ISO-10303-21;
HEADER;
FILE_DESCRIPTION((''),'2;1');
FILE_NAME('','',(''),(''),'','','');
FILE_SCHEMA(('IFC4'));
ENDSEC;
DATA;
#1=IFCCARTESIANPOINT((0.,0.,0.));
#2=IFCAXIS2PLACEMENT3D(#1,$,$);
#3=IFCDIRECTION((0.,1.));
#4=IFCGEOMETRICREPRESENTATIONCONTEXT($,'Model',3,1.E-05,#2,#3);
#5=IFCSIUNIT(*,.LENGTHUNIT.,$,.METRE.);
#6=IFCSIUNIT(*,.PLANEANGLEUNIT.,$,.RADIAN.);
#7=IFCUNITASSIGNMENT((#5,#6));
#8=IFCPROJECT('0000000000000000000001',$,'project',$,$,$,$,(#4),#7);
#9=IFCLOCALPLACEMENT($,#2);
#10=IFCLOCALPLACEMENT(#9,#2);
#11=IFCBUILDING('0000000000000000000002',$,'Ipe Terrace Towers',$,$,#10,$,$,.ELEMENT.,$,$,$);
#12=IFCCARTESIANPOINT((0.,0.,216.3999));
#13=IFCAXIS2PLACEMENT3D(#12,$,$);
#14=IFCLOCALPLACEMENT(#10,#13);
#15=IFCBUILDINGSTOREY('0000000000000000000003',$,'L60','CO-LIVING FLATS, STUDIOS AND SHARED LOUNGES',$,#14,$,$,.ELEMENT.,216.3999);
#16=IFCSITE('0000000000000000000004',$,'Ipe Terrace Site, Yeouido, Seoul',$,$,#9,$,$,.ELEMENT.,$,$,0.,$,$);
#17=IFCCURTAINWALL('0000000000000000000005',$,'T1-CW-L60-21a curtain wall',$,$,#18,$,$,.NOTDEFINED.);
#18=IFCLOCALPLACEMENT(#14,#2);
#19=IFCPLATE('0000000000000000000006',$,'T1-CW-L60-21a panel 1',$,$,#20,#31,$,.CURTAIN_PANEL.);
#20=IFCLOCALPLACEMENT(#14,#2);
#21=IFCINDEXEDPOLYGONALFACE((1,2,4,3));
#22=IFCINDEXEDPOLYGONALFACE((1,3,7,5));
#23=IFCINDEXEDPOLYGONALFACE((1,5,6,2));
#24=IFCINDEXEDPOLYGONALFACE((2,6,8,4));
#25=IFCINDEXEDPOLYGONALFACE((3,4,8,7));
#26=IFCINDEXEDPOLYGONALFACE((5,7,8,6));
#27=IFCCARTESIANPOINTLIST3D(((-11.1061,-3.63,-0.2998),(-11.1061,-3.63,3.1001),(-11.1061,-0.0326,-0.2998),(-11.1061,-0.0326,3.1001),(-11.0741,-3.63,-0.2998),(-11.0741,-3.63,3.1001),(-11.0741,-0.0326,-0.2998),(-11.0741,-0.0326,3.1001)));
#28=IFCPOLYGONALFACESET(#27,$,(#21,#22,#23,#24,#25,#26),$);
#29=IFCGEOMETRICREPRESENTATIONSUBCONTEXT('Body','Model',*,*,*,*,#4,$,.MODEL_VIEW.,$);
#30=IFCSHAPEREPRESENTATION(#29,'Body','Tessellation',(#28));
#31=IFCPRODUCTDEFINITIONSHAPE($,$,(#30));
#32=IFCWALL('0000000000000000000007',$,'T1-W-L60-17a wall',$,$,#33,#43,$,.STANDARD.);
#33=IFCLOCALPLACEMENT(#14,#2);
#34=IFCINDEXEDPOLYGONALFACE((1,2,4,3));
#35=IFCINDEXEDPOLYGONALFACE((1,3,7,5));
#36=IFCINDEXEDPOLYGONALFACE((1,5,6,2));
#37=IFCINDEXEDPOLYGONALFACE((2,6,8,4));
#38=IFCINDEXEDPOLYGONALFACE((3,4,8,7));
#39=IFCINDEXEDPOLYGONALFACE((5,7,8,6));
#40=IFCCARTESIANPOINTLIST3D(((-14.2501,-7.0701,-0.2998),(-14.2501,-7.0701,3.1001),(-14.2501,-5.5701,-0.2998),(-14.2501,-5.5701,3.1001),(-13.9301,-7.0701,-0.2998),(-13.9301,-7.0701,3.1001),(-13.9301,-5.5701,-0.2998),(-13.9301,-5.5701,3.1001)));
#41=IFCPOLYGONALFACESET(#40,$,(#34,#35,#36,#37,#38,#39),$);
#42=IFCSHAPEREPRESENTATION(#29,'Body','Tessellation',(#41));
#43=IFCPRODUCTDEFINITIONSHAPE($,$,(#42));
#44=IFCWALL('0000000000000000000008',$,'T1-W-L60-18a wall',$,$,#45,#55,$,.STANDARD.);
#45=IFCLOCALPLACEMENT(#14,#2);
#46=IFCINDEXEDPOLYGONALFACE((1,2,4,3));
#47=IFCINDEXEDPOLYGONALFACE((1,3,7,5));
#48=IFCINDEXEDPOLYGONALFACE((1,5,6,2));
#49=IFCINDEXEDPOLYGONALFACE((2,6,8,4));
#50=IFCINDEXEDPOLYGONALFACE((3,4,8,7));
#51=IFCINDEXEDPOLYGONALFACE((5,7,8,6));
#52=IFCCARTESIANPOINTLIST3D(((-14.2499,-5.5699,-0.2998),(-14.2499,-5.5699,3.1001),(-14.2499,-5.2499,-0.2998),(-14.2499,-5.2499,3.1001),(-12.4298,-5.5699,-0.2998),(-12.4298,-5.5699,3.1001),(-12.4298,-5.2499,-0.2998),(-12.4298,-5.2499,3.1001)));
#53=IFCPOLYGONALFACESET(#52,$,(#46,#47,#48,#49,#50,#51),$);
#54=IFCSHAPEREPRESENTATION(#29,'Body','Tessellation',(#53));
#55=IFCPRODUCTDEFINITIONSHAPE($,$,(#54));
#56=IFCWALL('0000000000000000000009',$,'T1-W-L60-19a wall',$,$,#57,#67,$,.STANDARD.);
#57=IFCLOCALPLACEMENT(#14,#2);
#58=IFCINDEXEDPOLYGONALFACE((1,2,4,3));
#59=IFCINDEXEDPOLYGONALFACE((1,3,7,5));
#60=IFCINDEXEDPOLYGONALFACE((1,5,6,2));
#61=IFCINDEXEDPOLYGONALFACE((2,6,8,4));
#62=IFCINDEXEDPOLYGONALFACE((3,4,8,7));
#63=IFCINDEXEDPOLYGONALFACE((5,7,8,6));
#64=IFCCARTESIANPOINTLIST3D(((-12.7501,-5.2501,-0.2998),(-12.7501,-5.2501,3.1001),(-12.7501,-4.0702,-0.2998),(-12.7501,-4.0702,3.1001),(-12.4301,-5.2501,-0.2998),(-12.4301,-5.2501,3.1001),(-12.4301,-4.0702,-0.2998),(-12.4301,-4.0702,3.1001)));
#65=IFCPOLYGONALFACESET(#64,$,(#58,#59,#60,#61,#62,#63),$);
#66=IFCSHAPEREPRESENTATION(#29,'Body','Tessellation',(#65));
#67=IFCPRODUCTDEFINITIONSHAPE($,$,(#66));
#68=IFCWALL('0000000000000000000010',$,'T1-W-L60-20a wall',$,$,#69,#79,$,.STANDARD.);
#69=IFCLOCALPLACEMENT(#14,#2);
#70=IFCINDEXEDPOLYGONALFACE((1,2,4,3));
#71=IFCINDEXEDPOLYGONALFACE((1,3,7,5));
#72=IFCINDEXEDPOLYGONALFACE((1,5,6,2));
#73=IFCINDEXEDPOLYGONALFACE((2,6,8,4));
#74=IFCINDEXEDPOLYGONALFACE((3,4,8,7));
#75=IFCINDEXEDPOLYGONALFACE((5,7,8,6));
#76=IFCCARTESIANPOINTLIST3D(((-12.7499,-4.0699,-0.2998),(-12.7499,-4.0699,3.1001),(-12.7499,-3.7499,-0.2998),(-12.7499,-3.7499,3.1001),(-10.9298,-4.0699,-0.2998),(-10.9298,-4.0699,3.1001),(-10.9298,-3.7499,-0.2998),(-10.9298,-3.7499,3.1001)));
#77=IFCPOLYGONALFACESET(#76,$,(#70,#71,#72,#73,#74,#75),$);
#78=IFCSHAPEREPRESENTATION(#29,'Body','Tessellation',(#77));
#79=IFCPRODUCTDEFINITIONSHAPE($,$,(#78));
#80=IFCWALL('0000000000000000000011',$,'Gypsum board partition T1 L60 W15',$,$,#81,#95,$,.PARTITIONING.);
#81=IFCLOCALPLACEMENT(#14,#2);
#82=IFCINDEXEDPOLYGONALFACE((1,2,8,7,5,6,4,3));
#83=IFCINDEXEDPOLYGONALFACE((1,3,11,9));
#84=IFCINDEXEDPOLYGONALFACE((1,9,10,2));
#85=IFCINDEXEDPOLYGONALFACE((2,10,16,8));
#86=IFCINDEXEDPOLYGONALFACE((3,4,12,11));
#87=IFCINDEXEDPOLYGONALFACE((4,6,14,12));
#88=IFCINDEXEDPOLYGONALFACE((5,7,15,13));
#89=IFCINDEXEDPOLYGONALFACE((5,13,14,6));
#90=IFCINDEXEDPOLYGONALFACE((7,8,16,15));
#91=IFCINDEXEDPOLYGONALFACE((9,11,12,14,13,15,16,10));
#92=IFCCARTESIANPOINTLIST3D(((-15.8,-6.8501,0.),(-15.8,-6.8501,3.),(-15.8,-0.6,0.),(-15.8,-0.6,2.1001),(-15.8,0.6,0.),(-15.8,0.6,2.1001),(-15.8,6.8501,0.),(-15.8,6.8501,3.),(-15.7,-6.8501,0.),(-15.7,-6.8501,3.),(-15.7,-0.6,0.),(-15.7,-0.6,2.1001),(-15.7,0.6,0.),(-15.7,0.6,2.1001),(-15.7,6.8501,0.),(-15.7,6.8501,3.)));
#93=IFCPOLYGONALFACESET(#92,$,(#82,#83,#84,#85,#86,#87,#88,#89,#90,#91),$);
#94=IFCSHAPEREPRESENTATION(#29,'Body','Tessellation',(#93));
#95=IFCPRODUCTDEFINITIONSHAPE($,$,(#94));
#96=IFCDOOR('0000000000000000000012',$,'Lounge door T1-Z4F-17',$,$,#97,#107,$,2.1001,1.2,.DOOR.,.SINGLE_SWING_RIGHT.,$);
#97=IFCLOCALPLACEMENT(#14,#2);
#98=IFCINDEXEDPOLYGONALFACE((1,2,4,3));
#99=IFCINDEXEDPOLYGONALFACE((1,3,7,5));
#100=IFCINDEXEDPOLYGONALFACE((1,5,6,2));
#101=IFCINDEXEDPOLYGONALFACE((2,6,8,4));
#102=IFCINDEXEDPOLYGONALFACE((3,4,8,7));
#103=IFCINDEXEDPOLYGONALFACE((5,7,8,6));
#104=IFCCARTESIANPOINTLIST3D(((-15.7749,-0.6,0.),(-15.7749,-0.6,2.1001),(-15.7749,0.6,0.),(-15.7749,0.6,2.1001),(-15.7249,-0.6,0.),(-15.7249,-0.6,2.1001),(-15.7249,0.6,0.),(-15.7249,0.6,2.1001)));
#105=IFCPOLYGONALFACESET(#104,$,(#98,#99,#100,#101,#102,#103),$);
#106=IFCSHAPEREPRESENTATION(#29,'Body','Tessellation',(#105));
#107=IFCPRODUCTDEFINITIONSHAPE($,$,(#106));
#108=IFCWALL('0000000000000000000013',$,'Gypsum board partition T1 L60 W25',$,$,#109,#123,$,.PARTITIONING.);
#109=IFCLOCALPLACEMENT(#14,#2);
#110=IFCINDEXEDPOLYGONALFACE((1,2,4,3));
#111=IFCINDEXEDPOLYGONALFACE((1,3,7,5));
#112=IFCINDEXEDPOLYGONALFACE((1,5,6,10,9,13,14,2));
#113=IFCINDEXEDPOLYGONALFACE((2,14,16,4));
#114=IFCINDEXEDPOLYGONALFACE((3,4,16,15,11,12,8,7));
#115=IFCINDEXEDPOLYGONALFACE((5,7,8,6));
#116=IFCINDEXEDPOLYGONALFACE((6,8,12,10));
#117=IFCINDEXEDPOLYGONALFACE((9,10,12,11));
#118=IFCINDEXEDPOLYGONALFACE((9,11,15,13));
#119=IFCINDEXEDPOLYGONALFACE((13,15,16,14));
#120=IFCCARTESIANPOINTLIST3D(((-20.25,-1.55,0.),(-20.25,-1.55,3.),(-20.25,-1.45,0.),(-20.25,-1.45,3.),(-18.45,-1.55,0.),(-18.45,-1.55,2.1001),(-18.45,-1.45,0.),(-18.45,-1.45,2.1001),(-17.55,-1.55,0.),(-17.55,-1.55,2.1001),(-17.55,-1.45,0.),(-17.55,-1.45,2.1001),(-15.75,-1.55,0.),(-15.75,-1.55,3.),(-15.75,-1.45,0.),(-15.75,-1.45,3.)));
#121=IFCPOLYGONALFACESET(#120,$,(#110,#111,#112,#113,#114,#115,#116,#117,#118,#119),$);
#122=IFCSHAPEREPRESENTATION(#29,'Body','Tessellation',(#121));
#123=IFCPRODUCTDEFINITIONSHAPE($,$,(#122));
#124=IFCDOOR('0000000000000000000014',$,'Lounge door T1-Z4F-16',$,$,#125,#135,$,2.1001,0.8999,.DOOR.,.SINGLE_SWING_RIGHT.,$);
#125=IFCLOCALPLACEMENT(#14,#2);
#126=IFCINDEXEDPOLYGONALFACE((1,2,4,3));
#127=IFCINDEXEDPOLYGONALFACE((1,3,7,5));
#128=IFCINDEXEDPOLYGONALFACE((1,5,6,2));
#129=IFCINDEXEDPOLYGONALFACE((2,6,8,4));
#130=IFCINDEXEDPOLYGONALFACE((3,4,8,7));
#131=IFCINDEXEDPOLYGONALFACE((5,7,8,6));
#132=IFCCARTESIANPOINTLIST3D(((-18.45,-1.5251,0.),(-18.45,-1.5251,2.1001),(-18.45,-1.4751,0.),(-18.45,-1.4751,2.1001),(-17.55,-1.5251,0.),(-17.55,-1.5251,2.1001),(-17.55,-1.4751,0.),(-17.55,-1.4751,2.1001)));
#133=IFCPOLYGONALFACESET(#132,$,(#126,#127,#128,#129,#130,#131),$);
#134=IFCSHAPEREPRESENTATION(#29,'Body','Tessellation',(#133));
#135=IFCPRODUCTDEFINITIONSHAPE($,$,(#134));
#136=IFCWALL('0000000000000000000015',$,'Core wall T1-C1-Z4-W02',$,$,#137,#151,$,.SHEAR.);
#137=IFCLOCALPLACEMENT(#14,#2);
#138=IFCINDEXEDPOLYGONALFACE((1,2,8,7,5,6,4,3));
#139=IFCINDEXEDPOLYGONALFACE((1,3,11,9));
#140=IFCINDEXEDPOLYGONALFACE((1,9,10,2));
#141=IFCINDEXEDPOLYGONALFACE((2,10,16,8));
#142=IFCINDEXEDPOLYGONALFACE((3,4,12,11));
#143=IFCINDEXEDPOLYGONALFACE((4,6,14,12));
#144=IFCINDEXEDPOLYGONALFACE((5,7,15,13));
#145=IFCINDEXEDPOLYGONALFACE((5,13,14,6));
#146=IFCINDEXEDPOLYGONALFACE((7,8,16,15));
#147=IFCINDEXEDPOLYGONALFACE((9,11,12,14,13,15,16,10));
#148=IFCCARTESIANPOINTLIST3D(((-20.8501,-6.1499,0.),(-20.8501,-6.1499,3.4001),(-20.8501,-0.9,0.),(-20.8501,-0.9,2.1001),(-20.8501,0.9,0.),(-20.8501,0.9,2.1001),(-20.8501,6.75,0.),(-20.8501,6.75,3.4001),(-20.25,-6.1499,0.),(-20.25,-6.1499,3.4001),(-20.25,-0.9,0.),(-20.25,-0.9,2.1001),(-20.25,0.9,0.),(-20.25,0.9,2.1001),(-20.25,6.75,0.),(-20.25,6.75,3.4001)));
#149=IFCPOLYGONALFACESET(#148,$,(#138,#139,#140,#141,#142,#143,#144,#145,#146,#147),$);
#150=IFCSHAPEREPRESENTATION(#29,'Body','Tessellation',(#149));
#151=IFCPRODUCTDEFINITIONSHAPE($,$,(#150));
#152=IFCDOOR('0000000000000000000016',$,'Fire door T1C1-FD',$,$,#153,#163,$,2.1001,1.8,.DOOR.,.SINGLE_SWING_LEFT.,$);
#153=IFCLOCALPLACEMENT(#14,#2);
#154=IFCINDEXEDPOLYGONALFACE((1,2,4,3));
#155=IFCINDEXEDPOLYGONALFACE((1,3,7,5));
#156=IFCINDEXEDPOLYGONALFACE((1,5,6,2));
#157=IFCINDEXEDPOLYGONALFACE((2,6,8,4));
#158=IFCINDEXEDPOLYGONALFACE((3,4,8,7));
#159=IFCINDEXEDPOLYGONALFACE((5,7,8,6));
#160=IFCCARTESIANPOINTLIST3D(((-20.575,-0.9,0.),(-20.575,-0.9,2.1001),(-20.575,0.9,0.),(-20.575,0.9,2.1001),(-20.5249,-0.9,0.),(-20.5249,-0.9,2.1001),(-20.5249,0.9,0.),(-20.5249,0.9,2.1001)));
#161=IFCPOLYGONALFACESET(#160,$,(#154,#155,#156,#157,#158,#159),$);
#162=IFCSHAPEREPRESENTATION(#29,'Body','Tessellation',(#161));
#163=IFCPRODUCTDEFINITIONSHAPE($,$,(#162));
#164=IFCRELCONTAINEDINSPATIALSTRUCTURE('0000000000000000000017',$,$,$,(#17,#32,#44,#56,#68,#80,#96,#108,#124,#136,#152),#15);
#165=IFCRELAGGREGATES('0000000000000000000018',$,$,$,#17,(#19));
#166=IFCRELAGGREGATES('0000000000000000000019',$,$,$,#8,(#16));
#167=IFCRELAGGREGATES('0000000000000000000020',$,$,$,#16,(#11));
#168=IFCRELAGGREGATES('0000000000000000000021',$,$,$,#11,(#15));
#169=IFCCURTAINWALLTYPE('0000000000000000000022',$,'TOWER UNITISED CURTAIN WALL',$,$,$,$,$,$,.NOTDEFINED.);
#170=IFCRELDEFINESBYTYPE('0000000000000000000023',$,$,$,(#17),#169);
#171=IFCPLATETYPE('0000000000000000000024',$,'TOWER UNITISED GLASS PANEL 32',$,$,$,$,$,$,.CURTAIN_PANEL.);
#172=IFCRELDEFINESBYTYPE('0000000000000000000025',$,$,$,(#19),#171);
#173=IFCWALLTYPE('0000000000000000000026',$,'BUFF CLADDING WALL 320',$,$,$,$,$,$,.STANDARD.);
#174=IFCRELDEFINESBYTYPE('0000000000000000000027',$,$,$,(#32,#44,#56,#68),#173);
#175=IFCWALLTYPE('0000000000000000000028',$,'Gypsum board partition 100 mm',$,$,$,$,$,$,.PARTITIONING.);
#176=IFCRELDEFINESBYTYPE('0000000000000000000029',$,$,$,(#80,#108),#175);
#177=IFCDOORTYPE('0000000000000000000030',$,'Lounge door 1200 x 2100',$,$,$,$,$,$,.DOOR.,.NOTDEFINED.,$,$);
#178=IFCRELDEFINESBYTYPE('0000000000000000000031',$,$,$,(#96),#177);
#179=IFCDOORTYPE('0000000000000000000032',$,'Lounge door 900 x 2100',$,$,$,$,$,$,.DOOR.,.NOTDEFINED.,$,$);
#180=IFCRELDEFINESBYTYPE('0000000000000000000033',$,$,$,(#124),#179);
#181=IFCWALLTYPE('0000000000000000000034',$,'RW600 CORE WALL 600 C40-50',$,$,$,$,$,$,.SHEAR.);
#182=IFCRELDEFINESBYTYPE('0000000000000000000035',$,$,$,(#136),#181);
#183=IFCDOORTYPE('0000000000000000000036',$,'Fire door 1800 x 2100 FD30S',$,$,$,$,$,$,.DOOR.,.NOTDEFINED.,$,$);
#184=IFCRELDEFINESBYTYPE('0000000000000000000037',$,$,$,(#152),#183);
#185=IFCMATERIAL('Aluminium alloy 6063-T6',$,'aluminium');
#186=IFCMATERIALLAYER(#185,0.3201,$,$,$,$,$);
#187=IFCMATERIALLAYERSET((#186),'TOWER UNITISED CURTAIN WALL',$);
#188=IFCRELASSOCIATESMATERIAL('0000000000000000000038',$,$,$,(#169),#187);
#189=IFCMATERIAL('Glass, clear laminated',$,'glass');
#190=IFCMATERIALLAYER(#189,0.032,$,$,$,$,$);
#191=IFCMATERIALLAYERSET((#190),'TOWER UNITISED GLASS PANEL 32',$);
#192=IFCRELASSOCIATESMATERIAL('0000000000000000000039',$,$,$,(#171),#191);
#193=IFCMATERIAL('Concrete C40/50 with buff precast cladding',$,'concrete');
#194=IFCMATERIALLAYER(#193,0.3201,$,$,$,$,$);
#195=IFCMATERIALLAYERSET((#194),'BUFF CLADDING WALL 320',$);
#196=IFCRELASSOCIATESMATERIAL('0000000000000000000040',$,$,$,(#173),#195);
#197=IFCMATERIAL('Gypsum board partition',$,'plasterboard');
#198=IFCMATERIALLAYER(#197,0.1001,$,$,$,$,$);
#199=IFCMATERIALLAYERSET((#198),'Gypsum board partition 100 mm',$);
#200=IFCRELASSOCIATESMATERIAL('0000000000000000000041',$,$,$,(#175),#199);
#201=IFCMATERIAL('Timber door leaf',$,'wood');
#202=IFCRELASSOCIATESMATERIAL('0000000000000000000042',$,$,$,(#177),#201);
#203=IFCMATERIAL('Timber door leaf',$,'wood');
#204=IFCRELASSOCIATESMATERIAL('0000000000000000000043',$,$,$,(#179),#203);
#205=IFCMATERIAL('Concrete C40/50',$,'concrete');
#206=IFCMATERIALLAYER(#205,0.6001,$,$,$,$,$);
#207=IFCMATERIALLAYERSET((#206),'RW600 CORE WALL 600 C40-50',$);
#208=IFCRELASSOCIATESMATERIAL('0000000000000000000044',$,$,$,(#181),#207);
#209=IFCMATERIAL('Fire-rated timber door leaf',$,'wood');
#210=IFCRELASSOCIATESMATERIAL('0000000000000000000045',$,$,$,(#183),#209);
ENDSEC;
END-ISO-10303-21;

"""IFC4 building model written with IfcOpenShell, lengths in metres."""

from ifc_helpers import new_model, si_unit, direction, frame, frame_2d, origin, origin_2d, place, context, subcontext, project, spatial, rectangle, extrude, material, layer, layer_set, type_object, element, fill, aggregate, save


model = new_model("IFC4")

# Units and contexts
model_context = context("Model", 3, precision=1e-05, world=origin(), true_north=direction((0.0, 1.0)))
body_context = subcontext(model_context, "Body", "Model", "MODEL_VIEW")
ifc_project = project(units=[si_unit("LENGTHUNIT", "METRE"), si_unit("PLANEANGLEUNIT", "RADIAN")], contexts=[model_context])

# Site, building, storey
site_placement = place(None, origin())
site = spatial("IfcSite", under=ifc_project, at=site_placement, Name="Ipe Terrace Site, Yeouido, Seoul", CompositionType="ELEMENT", RefElevation=0.0)
building_placement = place(site_placement, origin())
building = spatial("IfcBuilding", under=site, at=building_placement, Name="Ipe Terrace Towers", CompositionType="ELEMENT")
storey_placement = place(building_placement, frame((0.0, 0.0, 216.3999)))
storey = spatial("IfcBuildingStorey", under=building, at=storey_placement, Name="L60", Description="CO-LIVING FLATS, STUDIOS AND SHARED LOUNGES", CompositionType="ELEMENT", Elevation=216.3999)

# Curtain wall
ifc_material_1 = material(Name="Aluminium alloy 6063-T6", Category="aluminium")
ifc_layer_1 = layer(ifc_material_1, 0.3201)
ifc_layer_set_1 = layer_set([ifc_layer_1], Name="TOWER UNITISED CURTAIN WALL")
curtain_wall_type = type_object("IfcCurtainWallType", Name="TOWER UNITISED CURTAIN WALL", PredefinedType="NOTDEFINED", material=ifc_layer_set_1)
curtain_wall_1_placement = place(storey_placement, origin())
curtain_wall_1 = element("IfcCurtainWall", 1, at=curtain_wall_1_placement, inside=storey, type_object=curtain_wall_type, Name="T1-CW-L60-21a curtain wall", PredefinedType="NOTDEFINED")

# Plate
ifc_material_2 = material(Name="Glass, clear laminated", Category="glass")
ifc_layer_2 = layer(ifc_material_2, 0.032)
ifc_layer_set_2 = layer_set([ifc_layer_2], Name="TOWER UNITISED GLASS PANEL 32")
plate_type = type_object("IfcPlateType", Name="TOWER UNITISED GLASS PANEL 32", PredefinedType="CURTAIN_PANEL", material=ifc_layer_set_2)
plate_1_placement = place(storey_placement, frame((-11.0901, -1.8313, -0.2998), z_axis=(0.0, 0.0, 1.0), x_axis=(0.0, 1.0, 0.0)))
plate_1 = element("IfcPlate", 2, at=plate_1_placement, type_object=plate_type, Name="T1-CW-L60-21a panel 1", PredefinedType="CURTAIN_PANEL", context=body_context, shape_type="SweptSolid", body=[
    extrude(rectangle(XDim=3.5974, YDim=0.032, at=origin_2d()), origin(), (0.0, 0.0, 1.0), 3.3999),
])
aggregate(curtain_wall_1, [plate_1])

# Walls
ifc_material_3 = material(Name="Concrete C40/50 with buff precast cladding", Category="concrete")
ifc_layer_3 = layer(ifc_material_3, 0.3201)
ifc_layer_set_3 = layer_set([ifc_layer_3], Name="BUFF CLADDING WALL 320")
wall_type_1 = type_object("IfcWallType", Name="BUFF CLADDING WALL 320", PredefinedType="STANDARD", material=ifc_layer_set_3)
wall_1_placement = place(storey_placement, frame((-14.0901, -7.0701, -0.2998), z_axis=(0.0, 0.0, 1.0), x_axis=(0.0, 1.0, 0.0)))
element("IfcWall", 3, at=wall_1_placement, inside=storey, type_object=wall_type_1, Name="T1-W-L60-17a wall", PredefinedType="STANDARD", context=body_context, shape_type="SweptSolid", body=[
    extrude(rectangle(XDim=1.5, YDim=0.3201, at=frame_2d((0.75, 0.0))), origin(), (0.0, 0.0, 1.0), 3.3999),
])
wall_2_placement = place(storey_placement, frame((-14.25, -5.4099, -0.2998), z_axis=(0.0, 0.0, 1.0), x_axis=(1.0, 0.0, 0.0)))
element("IfcWall", 4, at=wall_2_placement, inside=storey, type_object=wall_type_1, Name="T1-W-L60-18a wall", PredefinedType="STANDARD", context=body_context, shape_type="SweptSolid", body=[
    extrude(rectangle(XDim=1.8201, YDim=0.3201, at=frame_2d((0.9102, 0.0))), origin(), (0.0, 0.0, 1.0), 3.3999),
])
wall_3_placement = place(storey_placement, frame((-12.5901, -5.25, -0.2998), z_axis=(0.0, 0.0, 1.0), x_axis=(0.0, 1.0, 0.0)))
element("IfcWall", 5, at=wall_3_placement, inside=storey, type_object=wall_type_1, Name="T1-W-L60-19a wall", PredefinedType="STANDARD", context=body_context, shape_type="SweptSolid", body=[
    extrude(rectangle(XDim=1.1799, YDim=0.3201, at=frame_2d((0.5898, 0.0))), origin(), (0.0, 0.0, 1.0), 3.3999),
])
wall_4_placement = place(storey_placement, frame((-12.75, -3.9099, -0.2998), z_axis=(0.0, 0.0, 1.0), x_axis=(1.0, 0.0, 0.0)))
element("IfcWall", 6, at=wall_4_placement, inside=storey, type_object=wall_type_1, Name="T1-W-L60-20a wall", PredefinedType="STANDARD", context=body_context, shape_type="SweptSolid", body=[
    extrude(rectangle(XDim=1.8201, YDim=0.3201, at=frame_2d((0.9102, 0.0))), origin(), (0.0, 0.0, 1.0), 3.3999),
])

# Walls, openings, doors
ifc_material_4 = material(Name="Gypsum board partition", Category="plasterboard")
ifc_layer_4 = layer(ifc_material_4, 0.1001)
ifc_layer_set_4 = layer_set([ifc_layer_4], Name="Gypsum board partition 100 mm")
wall_type_2 = type_object("IfcWallType", Name="Gypsum board partition 100 mm", PredefinedType="PARTITIONING", material=ifc_layer_set_4)
wall_5_placement = place(storey_placement, frame((-15.75, -6.8501, 0.0), z_axis=(0.0, 0.0, 1.0), x_axis=(0.0, 1.0, 0.0)))
wall_5 = element("IfcWall", 7, at=wall_5_placement, inside=storey, type_object=wall_type_2, Name="Gypsum board partition T1 L60 W15", PredefinedType="PARTITIONING", context=body_context, shape_type="SweptSolid", body=[
    extrude(rectangle(XDim=13.7002, YDim=0.1001, at=frame_2d((6.8501, 0.0))), origin(), (0.0, 0.0, 1.0), 3.0),
])
opening_1_placement = place(wall_5_placement, frame((6.25, 0.0, 0.0)))
opening_1 = element("IfcOpeningElement", 8, at=opening_1_placement, cuts=wall_5, PredefinedType="OPENING", context=body_context, shape_type="SweptSolid", body=[
    extrude(rectangle(XDim=1.2, YDim=2.1001, at=frame_2d((0.6001, 1.05))), frame((0.0, 0.0601, 0.0), z_axis=(0.0, -1.0, 0.0), x_axis=(1.0, 0.0, 0.0)), (0.0, 0.0, 1.0), 0.1201),
])
ifc_material_5 = material(Name="Timber door leaf", Category="wood")
door_type_1 = type_object("IfcDoorType", Name="Lounge door 1200 x 2100", OperationType="NOTDEFINED", PredefinedType="DOOR", material=ifc_material_5)
door_1_placement = place(opening_1_placement, origin())
door_1 = element("IfcDoor", 9, at=door_1_placement, inside=storey, type_object=door_type_1, Name="Lounge door T1-Z4F-17", OperationType="SINGLE_SWING_RIGHT", OverallHeight=2.1001, OverallWidth=1.2, PredefinedType="DOOR", context=body_context, shape_type="SweptSolid", body=[
    extrude(rectangle(XDim=1.2, YDim=2.1001, at=frame_2d((0.6001, 1.05))), frame((0.0, 0.0249, 0.0), z_axis=(0.0, -1.0, 0.0), x_axis=(1.0, 0.0, 0.0)), (0.0, 0.0, 1.0), 0.05),
])
fill(opening_1, door_1)
wall_6_placement = place(storey_placement, frame((-20.25, -1.5, 0.0), z_axis=(0.0, 0.0, 1.0), x_axis=(1.0, 0.0, 0.0)))
wall_6 = element("IfcWall", 10, at=wall_6_placement, inside=storey, type_object=wall_type_2, Name="Gypsum board partition T1 L60 W25", PredefinedType="PARTITIONING", context=body_context, shape_type="SweptSolid", body=[
    extrude(rectangle(XDim=4.5, YDim=0.1001, at=frame_2d((2.25, 0.0))), origin(), (0.0, 0.0, 1.0), 3.0),
])
opening_2_placement = place(wall_6_placement, frame((1.8, 0.0, 0.0)))
opening_2 = element("IfcOpeningElement", 11, at=opening_2_placement, cuts=wall_6, PredefinedType="OPENING", context=body_context, shape_type="SweptSolid", body=[
    extrude(rectangle(XDim=0.8999, YDim=2.1001, at=frame_2d((0.45, 1.05))), frame((0.0, 0.0601, 0.0), z_axis=(0.0, -1.0, 0.0), x_axis=(1.0, 0.0, 0.0)), (0.0, 0.0, 1.0), 0.1201),
])
ifc_material_6 = material(Name="Timber door leaf", Category="wood")
door_type_2 = type_object("IfcDoorType", Name="Lounge door 900 x 2100", OperationType="NOTDEFINED", PredefinedType="DOOR", material=ifc_material_6)
door_2_placement = place(opening_2_placement, origin())
door_2 = element("IfcDoor", 12, at=door_2_placement, inside=storey, type_object=door_type_2, Name="Lounge door T1-Z4F-16", OperationType="SINGLE_SWING_RIGHT", OverallHeight=2.1001, OverallWidth=0.8999, PredefinedType="DOOR", context=body_context, shape_type="SweptSolid", body=[
    extrude(rectangle(XDim=0.8999, YDim=2.1001, at=frame_2d((0.45, 1.05))), frame((0.0, 0.0249, 0.0), z_axis=(0.0, -1.0, 0.0), x_axis=(1.0, 0.0, 0.0)), (0.0, 0.0, 1.0), 0.05),
])
fill(opening_2, door_2)
ifc_material_7 = material(Name="Concrete C40/50", Category="concrete")
ifc_layer_5 = layer(ifc_material_7, 0.6001)
ifc_layer_set_5 = layer_set([ifc_layer_5], Name="RW600 CORE WALL 600 C40-50")
wall_type_3 = type_object("IfcWallType", Name="RW600 CORE WALL 600 C40-50", PredefinedType="SHEAR", material=ifc_layer_set_5)
wall_7_placement = place(storey_placement, frame((-20.55, -6.1499, 0.0), z_axis=(0.0, 0.0, 1.0), x_axis=(0.0, 1.0, 0.0)))
wall_7 = element("IfcWall", 13, at=wall_7_placement, inside=storey, type_object=wall_type_3, Name="Core wall T1-C1-Z4-W02", PredefinedType="SHEAR", context=body_context, shape_type="SweptSolid", body=[
    extrude(rectangle(XDim=12.8999, YDim=0.6001, at=frame_2d((6.45, 0.0))), origin(), (0.0, 0.0, 1.0), 3.4001),
])
opening_3_placement = place(wall_7_placement, frame((5.25, 0.0, 0.0)))
opening_3 = element("IfcOpeningElement", 14, at=opening_3_placement, cuts=wall_7, PredefinedType="OPENING", context=body_context, shape_type="SweptSolid", body=[
    extrude(rectangle(XDim=1.8, YDim=2.1001, at=frame_2d((0.8999, 1.05))), frame((0.0, 0.3101, 0.0), z_axis=(0.0, -1.0, 0.0), x_axis=(1.0, 0.0, 0.0)), (0.0, 0.0, 1.0), 0.6201),
])
ifc_material_8 = material(Name="Fire-rated timber door leaf", Category="wood")
door_type_3 = type_object("IfcDoorType", Name="Fire door 1800 x 2100 FD30S", OperationType="NOTDEFINED", PredefinedType="DOOR", material=ifc_material_8)
door_3_placement = place(opening_3_placement, origin())
door_3 = element("IfcDoor", 15, at=door_3_placement, inside=storey, type_object=door_type_3, Name="Fire door T1C1-FD", OperationType="SINGLE_SWING_LEFT", OverallHeight=2.1001, OverallWidth=1.8, PredefinedType="DOOR", context=body_context, shape_type="SweptSolid", body=[
    extrude(rectangle(XDim=1.8, YDim=2.1001, at=frame_2d((0.8999, 1.05))), frame((0.0, 0.0249, 0.0), z_axis=(0.0, -1.0, 0.0), x_axis=(1.0, 0.0, 0.0)), (0.0, 0.0, 1.0), 0.05),
])
fill(opening_3, door_3)

save(model, "model.ifc")
